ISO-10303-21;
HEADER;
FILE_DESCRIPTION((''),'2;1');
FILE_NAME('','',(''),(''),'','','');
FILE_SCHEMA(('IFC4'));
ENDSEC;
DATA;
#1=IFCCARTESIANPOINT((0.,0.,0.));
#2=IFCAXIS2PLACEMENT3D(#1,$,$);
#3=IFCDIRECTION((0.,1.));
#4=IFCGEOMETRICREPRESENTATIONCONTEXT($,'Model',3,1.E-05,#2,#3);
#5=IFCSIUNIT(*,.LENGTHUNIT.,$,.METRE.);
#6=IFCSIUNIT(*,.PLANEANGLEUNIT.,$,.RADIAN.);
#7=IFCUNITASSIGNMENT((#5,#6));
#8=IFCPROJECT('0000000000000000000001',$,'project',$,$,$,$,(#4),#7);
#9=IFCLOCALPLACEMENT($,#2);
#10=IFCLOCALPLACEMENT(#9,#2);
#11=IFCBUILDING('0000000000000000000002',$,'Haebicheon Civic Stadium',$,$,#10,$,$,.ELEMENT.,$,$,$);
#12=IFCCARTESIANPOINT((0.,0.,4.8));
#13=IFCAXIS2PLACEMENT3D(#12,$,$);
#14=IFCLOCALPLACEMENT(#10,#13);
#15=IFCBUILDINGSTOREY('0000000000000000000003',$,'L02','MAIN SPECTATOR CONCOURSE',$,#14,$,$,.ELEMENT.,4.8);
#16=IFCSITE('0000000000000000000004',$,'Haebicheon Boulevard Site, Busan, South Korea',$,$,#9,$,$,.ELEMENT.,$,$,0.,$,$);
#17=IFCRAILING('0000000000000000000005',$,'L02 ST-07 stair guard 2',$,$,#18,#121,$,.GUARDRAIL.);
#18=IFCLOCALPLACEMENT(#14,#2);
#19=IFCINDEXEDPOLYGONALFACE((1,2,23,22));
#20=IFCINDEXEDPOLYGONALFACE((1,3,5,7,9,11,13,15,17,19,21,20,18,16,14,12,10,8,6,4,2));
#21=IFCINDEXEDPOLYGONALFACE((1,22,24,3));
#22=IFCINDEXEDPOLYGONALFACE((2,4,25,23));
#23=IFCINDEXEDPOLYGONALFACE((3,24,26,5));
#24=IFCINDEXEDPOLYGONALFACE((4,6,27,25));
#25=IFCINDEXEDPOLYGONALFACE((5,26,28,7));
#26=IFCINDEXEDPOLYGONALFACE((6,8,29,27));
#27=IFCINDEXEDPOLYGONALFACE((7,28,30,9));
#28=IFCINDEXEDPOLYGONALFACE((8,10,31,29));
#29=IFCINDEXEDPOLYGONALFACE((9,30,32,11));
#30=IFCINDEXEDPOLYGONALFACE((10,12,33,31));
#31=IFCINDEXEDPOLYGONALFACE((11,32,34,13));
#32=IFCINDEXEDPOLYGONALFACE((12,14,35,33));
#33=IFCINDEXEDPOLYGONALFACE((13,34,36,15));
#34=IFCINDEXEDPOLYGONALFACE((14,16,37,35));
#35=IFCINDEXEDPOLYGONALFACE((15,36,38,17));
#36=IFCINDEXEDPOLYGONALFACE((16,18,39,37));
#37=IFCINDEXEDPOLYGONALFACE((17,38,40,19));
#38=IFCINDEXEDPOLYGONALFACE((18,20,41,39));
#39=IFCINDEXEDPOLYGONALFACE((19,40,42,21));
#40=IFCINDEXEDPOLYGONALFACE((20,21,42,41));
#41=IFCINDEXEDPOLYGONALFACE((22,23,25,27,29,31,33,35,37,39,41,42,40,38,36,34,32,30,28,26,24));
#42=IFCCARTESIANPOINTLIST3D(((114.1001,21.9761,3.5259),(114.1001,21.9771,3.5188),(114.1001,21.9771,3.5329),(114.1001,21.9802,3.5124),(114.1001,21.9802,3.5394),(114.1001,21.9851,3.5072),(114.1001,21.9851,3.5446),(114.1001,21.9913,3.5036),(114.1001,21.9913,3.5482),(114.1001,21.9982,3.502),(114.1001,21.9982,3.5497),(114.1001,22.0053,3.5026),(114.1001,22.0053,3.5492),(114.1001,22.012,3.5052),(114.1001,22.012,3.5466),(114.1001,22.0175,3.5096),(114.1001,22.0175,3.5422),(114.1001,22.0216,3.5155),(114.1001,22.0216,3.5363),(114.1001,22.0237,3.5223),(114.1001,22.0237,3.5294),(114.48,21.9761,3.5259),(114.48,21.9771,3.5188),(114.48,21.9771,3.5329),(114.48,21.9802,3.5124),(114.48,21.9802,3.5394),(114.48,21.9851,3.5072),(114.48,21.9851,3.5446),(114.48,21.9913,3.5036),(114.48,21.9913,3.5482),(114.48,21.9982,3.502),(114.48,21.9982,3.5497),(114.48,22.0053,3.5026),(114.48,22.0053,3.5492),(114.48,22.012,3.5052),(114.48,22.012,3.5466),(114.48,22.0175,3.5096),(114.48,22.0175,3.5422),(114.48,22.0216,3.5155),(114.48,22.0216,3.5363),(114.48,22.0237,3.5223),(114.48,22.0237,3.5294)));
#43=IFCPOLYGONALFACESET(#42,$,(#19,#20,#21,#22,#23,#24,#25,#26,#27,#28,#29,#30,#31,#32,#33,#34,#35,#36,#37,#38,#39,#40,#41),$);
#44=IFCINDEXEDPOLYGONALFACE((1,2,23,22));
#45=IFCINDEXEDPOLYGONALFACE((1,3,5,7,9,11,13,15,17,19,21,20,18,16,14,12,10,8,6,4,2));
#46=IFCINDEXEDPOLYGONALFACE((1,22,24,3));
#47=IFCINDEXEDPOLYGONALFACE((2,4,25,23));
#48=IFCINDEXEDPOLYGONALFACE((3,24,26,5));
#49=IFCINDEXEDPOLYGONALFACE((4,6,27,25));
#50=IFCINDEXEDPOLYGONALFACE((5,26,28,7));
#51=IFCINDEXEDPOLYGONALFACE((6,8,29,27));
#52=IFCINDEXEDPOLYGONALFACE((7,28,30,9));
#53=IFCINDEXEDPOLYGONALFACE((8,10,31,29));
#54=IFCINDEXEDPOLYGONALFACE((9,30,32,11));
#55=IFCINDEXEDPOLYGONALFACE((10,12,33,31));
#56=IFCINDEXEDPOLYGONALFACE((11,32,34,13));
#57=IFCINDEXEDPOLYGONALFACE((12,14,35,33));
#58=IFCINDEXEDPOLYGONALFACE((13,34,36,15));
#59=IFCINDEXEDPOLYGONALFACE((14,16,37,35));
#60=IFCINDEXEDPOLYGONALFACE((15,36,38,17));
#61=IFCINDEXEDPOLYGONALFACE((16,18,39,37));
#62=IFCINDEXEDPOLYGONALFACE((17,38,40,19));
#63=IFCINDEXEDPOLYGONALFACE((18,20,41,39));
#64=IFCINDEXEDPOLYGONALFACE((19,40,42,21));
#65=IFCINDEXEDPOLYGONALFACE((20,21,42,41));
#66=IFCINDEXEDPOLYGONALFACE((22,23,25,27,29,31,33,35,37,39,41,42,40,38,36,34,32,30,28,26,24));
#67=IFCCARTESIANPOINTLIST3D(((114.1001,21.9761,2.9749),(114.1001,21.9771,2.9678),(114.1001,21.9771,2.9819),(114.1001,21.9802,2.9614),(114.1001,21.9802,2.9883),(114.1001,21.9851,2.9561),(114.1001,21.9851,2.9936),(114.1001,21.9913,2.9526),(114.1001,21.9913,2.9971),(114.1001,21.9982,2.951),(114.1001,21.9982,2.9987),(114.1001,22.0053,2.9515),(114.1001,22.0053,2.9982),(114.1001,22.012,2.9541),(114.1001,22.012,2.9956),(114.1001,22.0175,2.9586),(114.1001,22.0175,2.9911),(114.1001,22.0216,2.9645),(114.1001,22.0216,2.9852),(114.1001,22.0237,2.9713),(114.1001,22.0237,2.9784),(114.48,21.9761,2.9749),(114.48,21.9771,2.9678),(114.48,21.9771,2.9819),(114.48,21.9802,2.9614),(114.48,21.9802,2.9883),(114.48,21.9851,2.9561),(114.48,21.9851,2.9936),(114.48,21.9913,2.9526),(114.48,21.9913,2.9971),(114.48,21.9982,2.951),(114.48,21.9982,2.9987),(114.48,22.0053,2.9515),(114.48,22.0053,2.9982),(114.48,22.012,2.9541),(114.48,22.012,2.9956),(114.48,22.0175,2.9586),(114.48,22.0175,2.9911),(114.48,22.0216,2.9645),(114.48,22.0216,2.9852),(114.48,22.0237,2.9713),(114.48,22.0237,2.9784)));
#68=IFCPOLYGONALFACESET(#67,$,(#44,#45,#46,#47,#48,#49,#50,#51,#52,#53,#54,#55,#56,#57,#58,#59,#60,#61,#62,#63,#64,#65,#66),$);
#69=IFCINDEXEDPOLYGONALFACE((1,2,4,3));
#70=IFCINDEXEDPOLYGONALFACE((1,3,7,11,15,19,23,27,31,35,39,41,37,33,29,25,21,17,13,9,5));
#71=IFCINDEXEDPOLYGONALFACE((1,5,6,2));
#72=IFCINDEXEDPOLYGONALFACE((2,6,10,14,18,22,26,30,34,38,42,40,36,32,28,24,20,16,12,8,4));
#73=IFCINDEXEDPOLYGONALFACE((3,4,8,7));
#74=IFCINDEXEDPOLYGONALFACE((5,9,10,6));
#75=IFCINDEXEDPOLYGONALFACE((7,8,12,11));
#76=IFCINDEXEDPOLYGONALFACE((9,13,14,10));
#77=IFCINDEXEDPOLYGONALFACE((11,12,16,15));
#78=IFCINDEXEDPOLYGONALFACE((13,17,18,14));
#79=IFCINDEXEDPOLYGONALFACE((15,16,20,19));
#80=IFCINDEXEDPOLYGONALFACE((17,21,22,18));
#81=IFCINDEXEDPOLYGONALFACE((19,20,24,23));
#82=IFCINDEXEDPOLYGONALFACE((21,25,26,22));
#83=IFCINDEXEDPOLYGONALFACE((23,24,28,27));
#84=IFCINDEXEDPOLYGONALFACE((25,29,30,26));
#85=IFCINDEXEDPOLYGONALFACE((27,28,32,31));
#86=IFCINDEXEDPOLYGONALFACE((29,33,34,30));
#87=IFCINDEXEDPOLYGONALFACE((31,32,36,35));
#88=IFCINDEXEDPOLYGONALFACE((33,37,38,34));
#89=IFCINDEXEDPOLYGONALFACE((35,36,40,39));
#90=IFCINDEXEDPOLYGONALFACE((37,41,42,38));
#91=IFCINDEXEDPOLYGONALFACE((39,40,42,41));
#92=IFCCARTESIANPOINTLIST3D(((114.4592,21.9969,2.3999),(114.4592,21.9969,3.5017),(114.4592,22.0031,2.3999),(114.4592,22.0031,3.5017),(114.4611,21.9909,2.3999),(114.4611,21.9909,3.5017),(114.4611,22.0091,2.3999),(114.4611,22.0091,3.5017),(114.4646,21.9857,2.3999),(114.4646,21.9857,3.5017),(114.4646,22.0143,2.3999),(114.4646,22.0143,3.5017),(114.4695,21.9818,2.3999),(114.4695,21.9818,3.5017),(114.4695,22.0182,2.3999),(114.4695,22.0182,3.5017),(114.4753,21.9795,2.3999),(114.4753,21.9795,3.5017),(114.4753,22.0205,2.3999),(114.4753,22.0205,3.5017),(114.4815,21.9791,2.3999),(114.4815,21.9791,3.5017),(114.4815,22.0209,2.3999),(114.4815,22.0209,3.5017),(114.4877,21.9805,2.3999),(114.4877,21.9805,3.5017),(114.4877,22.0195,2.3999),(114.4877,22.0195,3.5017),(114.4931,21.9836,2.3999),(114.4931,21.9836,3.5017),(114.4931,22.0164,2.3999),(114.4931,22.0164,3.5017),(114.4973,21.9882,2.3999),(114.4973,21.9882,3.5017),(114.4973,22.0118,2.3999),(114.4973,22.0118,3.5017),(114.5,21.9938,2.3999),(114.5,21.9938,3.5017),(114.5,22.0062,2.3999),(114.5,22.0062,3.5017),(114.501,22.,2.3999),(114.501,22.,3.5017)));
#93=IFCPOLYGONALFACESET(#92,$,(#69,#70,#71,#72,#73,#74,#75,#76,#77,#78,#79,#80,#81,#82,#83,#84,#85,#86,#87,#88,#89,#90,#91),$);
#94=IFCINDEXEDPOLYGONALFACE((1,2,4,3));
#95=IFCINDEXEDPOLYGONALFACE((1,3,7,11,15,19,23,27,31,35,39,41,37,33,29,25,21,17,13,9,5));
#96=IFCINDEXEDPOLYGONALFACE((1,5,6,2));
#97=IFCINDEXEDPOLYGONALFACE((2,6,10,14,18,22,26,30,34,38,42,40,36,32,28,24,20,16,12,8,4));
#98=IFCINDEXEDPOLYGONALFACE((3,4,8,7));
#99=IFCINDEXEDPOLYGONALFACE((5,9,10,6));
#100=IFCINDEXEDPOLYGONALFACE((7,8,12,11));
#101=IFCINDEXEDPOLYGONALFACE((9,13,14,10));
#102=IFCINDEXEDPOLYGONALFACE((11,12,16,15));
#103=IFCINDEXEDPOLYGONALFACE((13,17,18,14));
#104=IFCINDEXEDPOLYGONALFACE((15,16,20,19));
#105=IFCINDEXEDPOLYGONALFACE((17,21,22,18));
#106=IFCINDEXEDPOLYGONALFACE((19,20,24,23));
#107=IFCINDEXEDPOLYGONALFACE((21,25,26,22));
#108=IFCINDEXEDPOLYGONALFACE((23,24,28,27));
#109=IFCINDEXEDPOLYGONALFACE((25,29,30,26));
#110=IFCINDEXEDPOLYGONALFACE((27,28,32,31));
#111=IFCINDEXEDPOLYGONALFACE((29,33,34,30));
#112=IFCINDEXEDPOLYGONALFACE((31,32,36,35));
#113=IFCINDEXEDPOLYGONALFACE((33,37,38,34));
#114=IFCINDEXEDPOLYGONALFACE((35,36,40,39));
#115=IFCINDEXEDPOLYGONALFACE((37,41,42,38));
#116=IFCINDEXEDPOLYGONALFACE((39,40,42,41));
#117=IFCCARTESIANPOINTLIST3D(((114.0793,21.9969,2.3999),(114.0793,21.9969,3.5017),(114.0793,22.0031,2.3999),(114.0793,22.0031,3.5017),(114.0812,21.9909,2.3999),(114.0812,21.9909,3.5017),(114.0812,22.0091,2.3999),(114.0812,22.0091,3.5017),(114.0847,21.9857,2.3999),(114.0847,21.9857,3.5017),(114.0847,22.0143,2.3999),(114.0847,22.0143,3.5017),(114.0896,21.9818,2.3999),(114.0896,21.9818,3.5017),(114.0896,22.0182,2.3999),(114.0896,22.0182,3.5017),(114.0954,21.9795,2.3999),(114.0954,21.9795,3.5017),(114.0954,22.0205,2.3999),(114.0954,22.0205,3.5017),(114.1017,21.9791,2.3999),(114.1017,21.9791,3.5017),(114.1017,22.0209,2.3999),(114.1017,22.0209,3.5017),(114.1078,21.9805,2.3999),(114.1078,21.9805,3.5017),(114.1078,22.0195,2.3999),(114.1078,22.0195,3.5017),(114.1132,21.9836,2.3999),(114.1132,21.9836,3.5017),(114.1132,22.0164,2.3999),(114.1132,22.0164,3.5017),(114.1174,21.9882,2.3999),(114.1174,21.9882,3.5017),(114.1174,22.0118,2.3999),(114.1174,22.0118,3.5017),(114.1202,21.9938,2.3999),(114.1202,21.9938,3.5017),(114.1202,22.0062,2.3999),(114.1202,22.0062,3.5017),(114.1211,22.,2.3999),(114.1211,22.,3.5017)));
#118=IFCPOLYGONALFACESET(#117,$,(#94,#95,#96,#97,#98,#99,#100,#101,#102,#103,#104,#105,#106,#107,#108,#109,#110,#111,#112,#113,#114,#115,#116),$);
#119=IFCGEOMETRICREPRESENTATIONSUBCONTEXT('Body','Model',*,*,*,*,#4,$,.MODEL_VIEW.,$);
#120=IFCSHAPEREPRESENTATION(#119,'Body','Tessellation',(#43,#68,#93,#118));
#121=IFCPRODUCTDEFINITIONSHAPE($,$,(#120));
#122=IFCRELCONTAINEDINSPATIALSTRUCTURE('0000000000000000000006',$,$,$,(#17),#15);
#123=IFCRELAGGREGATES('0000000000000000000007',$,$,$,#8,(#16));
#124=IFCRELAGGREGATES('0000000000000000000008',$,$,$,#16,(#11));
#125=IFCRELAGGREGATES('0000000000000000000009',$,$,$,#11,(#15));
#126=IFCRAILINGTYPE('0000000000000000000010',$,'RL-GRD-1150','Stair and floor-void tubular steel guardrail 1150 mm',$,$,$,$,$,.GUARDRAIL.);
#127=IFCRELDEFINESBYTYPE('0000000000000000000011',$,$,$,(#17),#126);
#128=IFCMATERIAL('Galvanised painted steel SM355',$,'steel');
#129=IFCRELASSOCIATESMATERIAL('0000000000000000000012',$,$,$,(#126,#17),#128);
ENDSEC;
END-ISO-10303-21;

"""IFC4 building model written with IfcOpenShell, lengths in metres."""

from ifc_helpers import new_model, si_unit, direction, frame, origin, origin_2d, place, context, subcontext, project, spatial, circle, extrude, material, type_object, element, save


model = new_model("IFC4")

# Units and contexts
model_context = context("Model", 3, precision=1e-05, world=origin(), true_north=direction((0.0, 1.0)))
body_context = subcontext(model_context, "Body", "Model", "MODEL_VIEW")
ifc_project = project(units=[si_unit("LENGTHUNIT", "METRE"), si_unit("PLANEANGLEUNIT", "RADIAN")], contexts=[model_context])

# Site, building, storey
site_placement = place(None, origin())
site = spatial("IfcSite", under=ifc_project, at=site_placement, Name="Haebicheon Boulevard Site, Busan, South Korea", CompositionType="ELEMENT", RefElevation=0.0)
building_placement = place(site_placement, origin())
building = spatial("IfcBuilding", under=site, at=building_placement, Name="Haebicheon Civic Stadium", CompositionType="ELEMENT")
storey_placement = place(building_placement, frame((0.0, 0.0, 4.8)))
storey = spatial("IfcBuildingStorey", under=building, at=storey_placement, Name="L02", Description="MAIN SPECTATOR CONCOURSE", CompositionType="ELEMENT", Elevation=4.8)

# Railing
ifc_material_1 = material(Name="Galvanised painted steel SM355", Category="steel")
railing_type_1 = type_object("IfcRailingType", Name="RL-GRD-1150", Description="Stair and floor-void tubular steel guardrail 1150 mm", PredefinedType="GUARDRAIL", material=ifc_material_1)
railing_1_placement = place(storey_placement, frame((114.48, 22.0, 2.3999)))
element("IfcRailing", 1, at=railing_1_placement, inside=storey, type_object=railing_type_1, material=ifc_material_1, Name="L02 ST-07 stair guard 2", PredefinedType="GUARDRAIL", context=body_context, shape_type="SweptSolid", body=[
    extrude(circle(Radius=0.0239, at=origin_2d()), frame((0.0, 0.0, 1.126), z_axis=(-1.0, 0.0, 0.0), x_axis=(0.0, -1.0, 0.0)), (0.0, 0.0, 1.0), 0.3799),
    extrude(circle(Radius=0.0239, at=origin_2d()), frame((0.0, 0.0, 0.575), z_axis=(-1.0, 0.0, 0.0), x_axis=(0.0, -1.0, 0.0)), (0.0, 0.0, 1.0), 0.3799),
    extrude(circle(Radius=0.021, at=origin_2d()), origin(), (0.0, 0.0, 1.0), 1.1018),
    extrude(circle(Radius=0.021, at=origin_2d()), frame((-0.3799, 0.0, 0.0)), (0.0, 0.0, 1.0), 1.1018),
])

save(model, "model.ifc")
